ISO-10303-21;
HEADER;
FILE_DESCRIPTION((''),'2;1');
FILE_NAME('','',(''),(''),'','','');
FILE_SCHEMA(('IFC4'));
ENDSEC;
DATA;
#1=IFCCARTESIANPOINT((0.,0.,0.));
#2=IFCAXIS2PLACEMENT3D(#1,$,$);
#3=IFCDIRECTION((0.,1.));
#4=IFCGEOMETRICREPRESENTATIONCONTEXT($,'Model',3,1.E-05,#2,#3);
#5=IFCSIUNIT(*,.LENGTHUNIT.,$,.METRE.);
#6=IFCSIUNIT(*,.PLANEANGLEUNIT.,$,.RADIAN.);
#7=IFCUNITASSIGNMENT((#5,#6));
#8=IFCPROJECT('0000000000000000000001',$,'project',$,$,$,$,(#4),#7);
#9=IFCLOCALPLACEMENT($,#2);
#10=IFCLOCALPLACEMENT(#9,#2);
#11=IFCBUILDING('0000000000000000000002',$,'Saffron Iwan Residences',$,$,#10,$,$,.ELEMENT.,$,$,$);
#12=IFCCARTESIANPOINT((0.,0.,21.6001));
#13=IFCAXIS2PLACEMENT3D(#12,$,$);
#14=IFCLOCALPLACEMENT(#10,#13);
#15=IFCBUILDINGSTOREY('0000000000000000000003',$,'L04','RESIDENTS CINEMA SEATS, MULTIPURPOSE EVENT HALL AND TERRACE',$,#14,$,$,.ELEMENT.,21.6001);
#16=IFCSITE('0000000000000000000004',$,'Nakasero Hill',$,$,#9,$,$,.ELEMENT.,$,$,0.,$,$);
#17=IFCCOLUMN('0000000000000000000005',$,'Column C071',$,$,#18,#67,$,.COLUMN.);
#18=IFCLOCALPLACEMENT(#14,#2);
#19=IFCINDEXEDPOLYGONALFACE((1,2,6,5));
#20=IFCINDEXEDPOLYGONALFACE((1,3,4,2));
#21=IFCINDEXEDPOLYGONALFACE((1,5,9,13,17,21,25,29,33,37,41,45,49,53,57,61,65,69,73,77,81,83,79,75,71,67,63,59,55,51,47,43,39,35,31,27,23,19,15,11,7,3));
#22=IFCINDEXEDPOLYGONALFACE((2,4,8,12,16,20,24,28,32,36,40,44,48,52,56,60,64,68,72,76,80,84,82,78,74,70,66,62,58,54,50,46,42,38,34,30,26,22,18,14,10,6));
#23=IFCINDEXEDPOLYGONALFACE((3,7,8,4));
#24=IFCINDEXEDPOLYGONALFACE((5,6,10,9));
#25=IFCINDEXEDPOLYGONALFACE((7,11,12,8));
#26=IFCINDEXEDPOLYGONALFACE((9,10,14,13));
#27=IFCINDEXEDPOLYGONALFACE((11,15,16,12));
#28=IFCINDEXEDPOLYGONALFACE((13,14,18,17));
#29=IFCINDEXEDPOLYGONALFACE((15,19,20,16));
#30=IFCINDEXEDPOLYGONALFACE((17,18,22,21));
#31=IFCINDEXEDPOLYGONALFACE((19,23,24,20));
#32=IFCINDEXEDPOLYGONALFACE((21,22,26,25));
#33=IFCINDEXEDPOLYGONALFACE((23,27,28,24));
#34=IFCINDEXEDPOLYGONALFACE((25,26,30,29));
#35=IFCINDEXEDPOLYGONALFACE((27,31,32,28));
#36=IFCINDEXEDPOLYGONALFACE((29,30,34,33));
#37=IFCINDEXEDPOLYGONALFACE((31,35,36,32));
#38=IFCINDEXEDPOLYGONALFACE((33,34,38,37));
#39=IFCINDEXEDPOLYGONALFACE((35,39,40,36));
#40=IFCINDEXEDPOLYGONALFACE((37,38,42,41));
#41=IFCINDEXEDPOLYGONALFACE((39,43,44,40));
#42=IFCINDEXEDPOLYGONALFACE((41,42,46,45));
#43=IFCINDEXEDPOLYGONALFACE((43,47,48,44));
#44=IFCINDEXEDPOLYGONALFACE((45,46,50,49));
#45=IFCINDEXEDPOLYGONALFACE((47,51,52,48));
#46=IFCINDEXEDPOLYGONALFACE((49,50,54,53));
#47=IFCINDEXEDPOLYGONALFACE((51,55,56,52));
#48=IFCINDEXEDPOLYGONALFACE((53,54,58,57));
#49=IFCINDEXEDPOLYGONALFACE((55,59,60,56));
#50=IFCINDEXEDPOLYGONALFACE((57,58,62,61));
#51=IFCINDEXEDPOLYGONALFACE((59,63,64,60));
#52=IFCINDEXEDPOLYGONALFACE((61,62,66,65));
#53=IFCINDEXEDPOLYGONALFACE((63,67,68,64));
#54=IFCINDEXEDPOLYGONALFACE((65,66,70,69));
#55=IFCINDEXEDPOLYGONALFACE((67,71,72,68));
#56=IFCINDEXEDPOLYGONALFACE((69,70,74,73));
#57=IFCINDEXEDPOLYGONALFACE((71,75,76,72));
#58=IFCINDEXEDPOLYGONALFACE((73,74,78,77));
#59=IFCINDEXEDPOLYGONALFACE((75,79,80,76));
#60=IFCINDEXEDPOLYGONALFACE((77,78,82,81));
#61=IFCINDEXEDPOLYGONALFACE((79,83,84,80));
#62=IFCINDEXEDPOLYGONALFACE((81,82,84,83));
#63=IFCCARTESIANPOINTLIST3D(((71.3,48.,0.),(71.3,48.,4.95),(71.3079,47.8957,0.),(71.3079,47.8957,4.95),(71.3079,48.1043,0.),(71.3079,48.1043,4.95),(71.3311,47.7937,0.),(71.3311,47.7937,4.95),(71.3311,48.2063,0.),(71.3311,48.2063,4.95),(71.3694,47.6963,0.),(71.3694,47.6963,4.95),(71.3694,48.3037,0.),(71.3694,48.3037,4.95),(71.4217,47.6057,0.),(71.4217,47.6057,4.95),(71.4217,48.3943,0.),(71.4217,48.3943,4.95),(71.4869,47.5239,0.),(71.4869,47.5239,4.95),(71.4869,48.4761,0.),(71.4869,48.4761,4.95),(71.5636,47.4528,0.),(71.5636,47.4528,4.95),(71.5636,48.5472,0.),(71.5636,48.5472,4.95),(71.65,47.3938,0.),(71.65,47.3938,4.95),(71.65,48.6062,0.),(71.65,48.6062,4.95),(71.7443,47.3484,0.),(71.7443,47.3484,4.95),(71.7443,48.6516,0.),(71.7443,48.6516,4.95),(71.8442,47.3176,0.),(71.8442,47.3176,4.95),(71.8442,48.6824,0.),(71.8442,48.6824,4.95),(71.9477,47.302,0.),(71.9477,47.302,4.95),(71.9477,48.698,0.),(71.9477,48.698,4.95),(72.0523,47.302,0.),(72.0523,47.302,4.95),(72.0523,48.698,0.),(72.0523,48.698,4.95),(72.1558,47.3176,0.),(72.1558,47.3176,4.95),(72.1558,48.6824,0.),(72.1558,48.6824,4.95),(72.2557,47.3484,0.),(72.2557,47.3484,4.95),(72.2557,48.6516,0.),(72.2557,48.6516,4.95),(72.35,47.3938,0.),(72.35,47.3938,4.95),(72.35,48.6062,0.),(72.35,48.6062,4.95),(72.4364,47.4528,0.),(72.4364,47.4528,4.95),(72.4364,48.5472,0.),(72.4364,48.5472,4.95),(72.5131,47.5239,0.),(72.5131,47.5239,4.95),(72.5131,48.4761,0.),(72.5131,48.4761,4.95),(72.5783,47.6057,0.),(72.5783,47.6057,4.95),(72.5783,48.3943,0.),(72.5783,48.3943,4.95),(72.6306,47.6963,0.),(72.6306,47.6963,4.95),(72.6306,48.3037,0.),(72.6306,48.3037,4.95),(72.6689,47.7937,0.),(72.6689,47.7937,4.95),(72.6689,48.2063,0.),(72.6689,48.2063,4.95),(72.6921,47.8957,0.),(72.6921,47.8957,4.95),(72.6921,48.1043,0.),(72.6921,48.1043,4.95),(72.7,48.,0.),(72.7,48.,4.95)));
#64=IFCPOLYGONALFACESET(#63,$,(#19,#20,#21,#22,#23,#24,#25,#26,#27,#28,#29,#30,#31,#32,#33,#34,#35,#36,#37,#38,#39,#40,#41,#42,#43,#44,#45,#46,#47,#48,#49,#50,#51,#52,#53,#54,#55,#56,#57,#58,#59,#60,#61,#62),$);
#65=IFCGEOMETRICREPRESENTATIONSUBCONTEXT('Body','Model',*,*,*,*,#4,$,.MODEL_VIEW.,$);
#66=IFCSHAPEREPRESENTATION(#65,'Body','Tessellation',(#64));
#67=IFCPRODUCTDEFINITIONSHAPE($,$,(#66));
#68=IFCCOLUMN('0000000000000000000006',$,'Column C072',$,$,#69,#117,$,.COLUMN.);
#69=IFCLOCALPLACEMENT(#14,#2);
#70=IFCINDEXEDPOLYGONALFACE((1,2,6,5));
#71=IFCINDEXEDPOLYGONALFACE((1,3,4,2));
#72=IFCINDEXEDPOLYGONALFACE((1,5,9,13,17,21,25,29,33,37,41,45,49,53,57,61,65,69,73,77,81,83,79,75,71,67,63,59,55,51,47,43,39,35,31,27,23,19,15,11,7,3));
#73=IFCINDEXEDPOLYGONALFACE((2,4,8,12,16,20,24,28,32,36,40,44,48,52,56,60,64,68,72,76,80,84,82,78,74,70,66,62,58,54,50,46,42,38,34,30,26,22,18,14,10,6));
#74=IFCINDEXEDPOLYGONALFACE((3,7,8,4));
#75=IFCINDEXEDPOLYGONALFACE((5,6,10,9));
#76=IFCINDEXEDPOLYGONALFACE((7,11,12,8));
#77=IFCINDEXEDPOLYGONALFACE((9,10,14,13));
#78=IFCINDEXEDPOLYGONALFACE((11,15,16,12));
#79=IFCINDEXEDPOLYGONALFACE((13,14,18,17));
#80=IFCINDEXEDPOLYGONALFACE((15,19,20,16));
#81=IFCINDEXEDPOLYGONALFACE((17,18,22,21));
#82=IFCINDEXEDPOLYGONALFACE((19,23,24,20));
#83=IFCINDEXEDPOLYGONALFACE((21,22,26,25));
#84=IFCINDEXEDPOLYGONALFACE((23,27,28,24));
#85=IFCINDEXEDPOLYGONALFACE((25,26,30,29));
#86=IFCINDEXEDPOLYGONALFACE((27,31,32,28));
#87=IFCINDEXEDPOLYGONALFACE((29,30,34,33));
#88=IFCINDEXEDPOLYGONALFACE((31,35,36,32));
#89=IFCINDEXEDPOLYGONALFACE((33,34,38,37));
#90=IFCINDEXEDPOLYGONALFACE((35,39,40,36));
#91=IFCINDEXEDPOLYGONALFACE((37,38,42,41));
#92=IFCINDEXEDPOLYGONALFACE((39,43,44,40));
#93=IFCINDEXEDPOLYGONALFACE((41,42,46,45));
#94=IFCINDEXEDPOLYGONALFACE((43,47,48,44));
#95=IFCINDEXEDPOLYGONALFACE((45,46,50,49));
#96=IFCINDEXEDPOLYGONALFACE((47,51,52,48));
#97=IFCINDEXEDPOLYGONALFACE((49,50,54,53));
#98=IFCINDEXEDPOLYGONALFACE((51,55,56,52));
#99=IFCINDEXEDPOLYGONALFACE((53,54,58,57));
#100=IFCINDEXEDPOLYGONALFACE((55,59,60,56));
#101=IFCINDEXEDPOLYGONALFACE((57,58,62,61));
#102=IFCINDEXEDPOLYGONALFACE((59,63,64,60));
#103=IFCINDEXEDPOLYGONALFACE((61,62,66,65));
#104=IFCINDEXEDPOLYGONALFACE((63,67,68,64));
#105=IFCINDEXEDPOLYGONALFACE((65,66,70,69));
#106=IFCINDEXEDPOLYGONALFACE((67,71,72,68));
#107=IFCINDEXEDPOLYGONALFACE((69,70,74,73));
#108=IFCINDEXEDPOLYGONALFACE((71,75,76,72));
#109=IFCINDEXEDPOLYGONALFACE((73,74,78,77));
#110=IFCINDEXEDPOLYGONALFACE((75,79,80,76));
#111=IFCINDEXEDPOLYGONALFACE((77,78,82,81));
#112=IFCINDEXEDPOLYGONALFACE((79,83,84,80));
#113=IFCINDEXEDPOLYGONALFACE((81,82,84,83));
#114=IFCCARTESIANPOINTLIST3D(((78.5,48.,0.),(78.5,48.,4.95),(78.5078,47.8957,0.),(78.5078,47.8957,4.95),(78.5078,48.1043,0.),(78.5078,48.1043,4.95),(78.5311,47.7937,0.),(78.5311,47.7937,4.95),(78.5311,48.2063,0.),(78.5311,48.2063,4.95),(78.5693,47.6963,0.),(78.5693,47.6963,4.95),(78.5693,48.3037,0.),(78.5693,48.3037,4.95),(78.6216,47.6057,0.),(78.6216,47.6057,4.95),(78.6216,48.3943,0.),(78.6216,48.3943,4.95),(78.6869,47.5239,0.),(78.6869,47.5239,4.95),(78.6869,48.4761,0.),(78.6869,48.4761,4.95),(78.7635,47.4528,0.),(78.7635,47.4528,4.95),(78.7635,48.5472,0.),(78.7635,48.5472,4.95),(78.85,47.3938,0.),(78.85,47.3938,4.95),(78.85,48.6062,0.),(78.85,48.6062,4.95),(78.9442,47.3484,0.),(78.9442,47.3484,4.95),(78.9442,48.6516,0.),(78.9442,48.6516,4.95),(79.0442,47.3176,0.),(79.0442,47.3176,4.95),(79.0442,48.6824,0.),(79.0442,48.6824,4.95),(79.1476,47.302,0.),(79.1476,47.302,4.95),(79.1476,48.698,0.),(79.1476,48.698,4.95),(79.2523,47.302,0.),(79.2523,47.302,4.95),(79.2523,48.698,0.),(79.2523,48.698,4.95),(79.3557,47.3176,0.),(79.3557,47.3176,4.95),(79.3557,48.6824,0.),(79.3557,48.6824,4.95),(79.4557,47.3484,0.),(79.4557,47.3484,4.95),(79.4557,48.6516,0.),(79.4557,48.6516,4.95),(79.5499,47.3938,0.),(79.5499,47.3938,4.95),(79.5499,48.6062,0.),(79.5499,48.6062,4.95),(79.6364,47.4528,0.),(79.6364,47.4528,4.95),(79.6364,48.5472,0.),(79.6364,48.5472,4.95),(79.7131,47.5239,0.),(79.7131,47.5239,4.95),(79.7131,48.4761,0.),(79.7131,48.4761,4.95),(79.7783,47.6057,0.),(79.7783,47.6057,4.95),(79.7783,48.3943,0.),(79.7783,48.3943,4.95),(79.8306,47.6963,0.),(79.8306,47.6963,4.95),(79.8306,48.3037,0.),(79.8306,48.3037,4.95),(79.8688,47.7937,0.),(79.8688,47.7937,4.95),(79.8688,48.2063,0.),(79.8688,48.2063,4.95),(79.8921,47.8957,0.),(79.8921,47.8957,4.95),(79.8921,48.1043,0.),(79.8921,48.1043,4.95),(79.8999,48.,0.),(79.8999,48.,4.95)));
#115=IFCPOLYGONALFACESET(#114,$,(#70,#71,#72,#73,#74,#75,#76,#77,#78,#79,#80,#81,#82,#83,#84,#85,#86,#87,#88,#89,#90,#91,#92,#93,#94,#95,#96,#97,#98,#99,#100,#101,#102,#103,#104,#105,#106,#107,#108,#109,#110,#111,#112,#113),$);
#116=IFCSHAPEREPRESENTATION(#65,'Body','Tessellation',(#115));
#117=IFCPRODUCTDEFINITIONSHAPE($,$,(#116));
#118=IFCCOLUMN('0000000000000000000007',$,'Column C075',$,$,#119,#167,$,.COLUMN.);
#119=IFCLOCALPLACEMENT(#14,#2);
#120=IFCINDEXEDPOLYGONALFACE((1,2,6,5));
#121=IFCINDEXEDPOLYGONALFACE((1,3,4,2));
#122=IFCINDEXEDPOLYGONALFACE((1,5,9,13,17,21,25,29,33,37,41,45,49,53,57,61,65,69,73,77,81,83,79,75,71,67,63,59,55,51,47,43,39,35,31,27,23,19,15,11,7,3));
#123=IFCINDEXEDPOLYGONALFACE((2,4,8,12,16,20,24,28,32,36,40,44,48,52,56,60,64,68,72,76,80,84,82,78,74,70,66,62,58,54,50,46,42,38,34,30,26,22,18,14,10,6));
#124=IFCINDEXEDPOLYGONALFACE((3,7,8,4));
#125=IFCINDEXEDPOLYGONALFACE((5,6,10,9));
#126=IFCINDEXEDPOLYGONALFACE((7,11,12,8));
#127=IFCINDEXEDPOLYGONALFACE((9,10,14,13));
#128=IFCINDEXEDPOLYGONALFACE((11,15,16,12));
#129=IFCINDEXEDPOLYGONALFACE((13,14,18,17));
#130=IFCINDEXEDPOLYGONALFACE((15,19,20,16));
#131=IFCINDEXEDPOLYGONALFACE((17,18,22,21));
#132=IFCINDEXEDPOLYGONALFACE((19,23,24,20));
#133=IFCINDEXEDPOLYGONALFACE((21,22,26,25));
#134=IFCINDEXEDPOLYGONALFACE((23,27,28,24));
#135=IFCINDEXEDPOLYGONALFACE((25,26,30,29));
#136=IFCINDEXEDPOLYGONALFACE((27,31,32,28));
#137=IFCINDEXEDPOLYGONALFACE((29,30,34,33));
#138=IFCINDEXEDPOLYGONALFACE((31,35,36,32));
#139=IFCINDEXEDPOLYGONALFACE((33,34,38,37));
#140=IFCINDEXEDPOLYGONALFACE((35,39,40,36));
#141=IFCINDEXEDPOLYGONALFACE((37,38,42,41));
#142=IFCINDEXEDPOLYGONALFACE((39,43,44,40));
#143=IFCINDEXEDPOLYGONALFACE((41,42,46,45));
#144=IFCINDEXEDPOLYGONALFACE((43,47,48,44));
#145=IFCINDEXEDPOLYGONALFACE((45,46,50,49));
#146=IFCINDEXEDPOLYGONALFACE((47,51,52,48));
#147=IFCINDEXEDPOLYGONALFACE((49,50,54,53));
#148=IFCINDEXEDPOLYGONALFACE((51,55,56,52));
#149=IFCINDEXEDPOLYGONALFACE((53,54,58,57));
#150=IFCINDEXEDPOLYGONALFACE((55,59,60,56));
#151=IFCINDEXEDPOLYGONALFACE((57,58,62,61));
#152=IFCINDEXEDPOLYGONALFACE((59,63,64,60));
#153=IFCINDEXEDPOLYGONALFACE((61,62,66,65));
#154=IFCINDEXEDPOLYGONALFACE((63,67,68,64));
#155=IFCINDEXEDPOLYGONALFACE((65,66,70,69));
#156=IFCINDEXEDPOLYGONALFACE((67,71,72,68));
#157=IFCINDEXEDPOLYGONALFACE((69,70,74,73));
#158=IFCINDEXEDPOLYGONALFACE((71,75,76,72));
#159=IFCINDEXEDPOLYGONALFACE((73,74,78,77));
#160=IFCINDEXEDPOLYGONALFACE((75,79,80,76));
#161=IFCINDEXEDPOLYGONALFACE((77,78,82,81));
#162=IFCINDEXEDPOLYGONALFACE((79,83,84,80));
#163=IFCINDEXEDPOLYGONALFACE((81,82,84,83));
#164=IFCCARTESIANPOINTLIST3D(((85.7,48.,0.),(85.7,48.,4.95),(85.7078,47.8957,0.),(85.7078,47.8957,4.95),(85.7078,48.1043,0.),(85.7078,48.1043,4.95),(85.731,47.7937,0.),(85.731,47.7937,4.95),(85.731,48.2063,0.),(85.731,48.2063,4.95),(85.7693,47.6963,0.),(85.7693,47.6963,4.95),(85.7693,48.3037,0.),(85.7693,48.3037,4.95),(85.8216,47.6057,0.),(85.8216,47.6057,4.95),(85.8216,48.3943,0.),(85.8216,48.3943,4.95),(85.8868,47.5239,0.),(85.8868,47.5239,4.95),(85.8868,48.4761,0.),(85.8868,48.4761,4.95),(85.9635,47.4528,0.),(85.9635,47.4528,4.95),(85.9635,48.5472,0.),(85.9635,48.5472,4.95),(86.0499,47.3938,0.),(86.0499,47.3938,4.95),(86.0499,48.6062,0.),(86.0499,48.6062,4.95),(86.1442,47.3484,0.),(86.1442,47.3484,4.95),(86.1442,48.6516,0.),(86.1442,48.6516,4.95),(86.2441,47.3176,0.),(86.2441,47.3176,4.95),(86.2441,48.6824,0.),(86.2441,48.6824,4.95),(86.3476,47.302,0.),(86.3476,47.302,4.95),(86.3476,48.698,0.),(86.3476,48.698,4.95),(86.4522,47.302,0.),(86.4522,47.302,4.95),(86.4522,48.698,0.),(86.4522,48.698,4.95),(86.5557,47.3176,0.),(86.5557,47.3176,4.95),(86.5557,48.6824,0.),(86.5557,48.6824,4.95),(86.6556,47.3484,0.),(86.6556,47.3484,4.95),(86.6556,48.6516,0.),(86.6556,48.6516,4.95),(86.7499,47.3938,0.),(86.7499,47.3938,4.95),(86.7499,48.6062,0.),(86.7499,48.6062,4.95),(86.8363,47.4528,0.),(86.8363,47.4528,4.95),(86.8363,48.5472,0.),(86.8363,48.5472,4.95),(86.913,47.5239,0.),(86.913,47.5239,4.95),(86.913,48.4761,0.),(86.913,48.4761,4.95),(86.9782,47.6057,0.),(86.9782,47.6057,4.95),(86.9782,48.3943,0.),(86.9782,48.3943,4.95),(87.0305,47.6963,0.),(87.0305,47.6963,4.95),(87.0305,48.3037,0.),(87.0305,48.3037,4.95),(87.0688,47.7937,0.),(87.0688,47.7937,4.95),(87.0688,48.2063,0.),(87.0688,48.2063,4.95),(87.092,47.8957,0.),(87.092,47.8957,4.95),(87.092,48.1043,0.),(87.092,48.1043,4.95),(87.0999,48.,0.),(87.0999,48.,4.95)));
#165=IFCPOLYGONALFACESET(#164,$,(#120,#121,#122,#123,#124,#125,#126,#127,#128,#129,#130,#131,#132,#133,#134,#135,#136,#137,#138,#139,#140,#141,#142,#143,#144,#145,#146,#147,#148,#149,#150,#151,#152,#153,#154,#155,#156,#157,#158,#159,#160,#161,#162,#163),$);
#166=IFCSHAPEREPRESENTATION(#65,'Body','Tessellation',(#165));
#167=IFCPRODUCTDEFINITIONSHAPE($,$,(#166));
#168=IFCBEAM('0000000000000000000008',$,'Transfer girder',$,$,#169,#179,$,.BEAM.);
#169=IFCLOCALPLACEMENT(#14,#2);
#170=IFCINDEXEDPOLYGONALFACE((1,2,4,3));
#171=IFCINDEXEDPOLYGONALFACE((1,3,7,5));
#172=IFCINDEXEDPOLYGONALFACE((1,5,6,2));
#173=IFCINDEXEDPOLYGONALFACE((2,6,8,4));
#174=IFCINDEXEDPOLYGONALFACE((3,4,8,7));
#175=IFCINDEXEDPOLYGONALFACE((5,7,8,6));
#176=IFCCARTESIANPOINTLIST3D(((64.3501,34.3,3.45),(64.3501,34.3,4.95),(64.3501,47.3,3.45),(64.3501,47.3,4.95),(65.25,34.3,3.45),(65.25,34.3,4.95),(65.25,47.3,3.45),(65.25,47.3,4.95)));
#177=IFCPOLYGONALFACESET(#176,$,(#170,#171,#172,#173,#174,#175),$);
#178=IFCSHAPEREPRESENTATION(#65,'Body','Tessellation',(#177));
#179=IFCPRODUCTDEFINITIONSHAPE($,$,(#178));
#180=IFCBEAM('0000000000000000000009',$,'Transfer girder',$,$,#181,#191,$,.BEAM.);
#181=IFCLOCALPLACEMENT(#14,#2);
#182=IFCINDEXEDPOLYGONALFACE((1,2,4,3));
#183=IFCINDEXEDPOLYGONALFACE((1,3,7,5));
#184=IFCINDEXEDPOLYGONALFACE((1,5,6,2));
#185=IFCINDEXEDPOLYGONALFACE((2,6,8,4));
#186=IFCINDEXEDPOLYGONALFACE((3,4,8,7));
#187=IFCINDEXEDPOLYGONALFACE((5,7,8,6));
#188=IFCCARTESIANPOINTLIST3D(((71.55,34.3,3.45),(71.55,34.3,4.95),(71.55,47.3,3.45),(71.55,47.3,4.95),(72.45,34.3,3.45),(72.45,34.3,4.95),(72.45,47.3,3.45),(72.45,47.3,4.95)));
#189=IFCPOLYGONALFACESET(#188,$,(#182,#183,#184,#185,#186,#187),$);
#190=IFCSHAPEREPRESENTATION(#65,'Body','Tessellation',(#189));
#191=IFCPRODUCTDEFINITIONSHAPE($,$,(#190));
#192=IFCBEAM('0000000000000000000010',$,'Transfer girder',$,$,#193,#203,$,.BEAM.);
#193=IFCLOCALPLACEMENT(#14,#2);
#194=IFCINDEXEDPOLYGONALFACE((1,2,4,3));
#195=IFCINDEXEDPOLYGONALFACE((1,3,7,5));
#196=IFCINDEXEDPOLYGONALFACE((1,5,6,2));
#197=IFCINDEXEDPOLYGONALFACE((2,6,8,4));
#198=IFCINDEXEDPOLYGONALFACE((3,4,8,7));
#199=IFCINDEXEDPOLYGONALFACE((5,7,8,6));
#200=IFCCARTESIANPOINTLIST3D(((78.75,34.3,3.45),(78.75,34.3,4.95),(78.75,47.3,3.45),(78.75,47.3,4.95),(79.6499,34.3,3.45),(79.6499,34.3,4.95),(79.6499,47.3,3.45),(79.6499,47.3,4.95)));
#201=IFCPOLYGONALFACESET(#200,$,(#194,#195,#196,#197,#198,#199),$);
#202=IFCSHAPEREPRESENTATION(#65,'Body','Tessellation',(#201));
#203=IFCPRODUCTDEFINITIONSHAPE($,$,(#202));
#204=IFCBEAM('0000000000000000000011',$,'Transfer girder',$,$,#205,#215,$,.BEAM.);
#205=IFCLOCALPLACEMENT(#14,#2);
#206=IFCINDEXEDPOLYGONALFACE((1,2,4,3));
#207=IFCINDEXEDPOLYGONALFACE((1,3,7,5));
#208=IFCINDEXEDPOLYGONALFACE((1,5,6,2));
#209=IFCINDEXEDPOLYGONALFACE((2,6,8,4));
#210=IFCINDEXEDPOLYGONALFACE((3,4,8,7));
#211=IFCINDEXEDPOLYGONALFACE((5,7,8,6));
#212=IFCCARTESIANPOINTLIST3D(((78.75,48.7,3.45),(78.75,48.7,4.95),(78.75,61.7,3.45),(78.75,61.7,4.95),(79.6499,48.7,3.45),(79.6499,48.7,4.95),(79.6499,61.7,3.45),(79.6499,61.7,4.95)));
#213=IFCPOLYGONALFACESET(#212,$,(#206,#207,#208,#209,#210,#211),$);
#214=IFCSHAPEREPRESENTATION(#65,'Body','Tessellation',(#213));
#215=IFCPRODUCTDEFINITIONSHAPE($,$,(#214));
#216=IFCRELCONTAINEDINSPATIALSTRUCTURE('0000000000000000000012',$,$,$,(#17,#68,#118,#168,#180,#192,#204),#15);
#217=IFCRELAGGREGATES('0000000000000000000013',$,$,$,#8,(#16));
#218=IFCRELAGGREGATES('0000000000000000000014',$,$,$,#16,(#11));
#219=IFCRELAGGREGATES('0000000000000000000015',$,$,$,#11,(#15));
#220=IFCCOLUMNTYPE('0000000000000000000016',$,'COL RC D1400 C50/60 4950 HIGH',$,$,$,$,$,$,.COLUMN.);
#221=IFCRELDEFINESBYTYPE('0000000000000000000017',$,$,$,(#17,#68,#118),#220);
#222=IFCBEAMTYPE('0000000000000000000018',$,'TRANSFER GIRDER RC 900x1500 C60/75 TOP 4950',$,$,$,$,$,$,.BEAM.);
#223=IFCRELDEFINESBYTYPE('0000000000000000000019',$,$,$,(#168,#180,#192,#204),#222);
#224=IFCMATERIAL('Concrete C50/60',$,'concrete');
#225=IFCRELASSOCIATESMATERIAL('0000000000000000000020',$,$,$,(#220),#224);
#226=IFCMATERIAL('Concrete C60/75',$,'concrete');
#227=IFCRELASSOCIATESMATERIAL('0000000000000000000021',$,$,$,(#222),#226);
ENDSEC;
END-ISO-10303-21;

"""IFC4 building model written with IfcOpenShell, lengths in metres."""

from ifc_helpers import new_model, si_unit, direction, frame, origin, origin_2d, place, context, subcontext, project, spatial, rectangle, circle, extrude, source, transform, mapped, material, material_profile, profile_set, type_object, element, save


model = new_model("IFC4")

# Units and contexts
model_context = context("Model", 3, precision=1e-05, world=origin(), true_north=direction((0.0, 1.0)))
body_context = subcontext(model_context, "Body", "Model", "MODEL_VIEW")
ifc_project = project(units=[si_unit("LENGTHUNIT", "METRE"), si_unit("PLANEANGLEUNIT", "RADIAN")], contexts=[model_context])

# Site, building, storey
site_placement = place(None, origin())
site = spatial("IfcSite", under=ifc_project, at=site_placement, Name="Nakasero Hill", CompositionType="ELEMENT", RefElevation=0.0)
building_placement = place(site_placement, origin())
building = spatial("IfcBuilding", under=site, at=building_placement, Name="Saffron Iwan Residences", CompositionType="ELEMENT")
storey_placement = place(building_placement, frame((0.0, 0.0, 21.6001)))
storey = spatial("IfcBuildingStorey", under=building, at=storey_placement, Name="L04", Description="RESIDENTS CINEMA SEATS, MULTIPURPOSE EVENT HALL AND TERRACE", CompositionType="ELEMENT", Elevation=21.6001)

# Columns
ifc_material_1 = material(Name="Concrete C50/60", Category="concrete")
ifc_material_profile_1 = material_profile(ifc_material_1, circle(Radius=0.7, at=origin_2d()), Name="RC D1400")
ifc_profile_set_1 = profile_set([ifc_material_profile_1], Name="Concrete C50/60")
column_type = type_object("IfcColumnType", Name="COL RC D1400 C50/60 4950 HIGH", PredefinedType="COLUMN", material=ifc_profile_set_1)
shared_shape_1 = source(origin(), body_context, "Body", "SweptSolid", [
    extrude(circle(Radius=0.7, at=origin_2d()), origin(), (0.0, 0.0, 1.0), 4.95),
])
for number, where, z_axis, x_axis, name in (
    (1, (72.0, 48.0, 0.0), (0.0, 0.0, 1.0), (1.0, 0.0, 0.0), "Column C071"),
    (2, (79.2, 48.0, 0.0), (0.0, 0.0, 1.0), (1.0, 0.0, 0.0), "Column C072"),
    (3, (86.3999, 48.0, 0.0), (0.0, 0.0, 1.0), (1.0, 0.0, 0.0), "Column C075"),
):
    element("IfcColumn", number, at=place(storey_placement, frame(where, z_axis=z_axis, x_axis=x_axis)), inside=storey, type_object=column_type, Name=name, PredefinedType="COLUMN", context=body_context, shape_type="MappedRepresentation", body=[
        mapped(shared_shape_1, transform((0.0, 0.0, 0.0))),
    ])

# Beams
ifc_material_2 = material(Name="Concrete C60/75", Category="concrete")
ifc_material_profile_2 = material_profile(ifc_material_2, rectangle(XDim=0.8999, YDim=1.5, at=origin_2d()), Name="RC 900x1500")
ifc_profile_set_2 = profile_set([ifc_material_profile_2], Name="Concrete C60/75")
beam_type_1 = type_object("IfcBeamType", Name="TRANSFER GIRDER RC 900x1500 C60/75 TOP 4950", PredefinedType="BEAM", material=ifc_profile_set_2)
shared_shape_2 = source(origin(), body_context, "Body", "SweptSolid", [
    extrude(rectangle(XDim=0.8999, YDim=1.5, at=origin_2d()), origin(), (0.0, 0.0, 1.0), 13.0),
])
for number, where, z_axis, x_axis, name in (
    (4, (64.8, 34.3, 4.2), (0.0, 1.0, 0.0), (-1.0, 0.0, 0.0), "Transfer girder"),
    (5, (72.0, 34.3, 4.2), (0.0, 1.0, 0.0), (-1.0, 0.0, 0.0), "Transfer girder"),
    (6, (79.2, 34.3, 4.2), (0.0, 1.0, 0.0), (-1.0, 0.0, 0.0), "Transfer girder"),
    (7, (79.2, 48.7, 4.2), (0.0, 1.0, 0.0), (-1.0, 0.0, 0.0), "Transfer girder"),
):
    element("IfcBeam", number, at=place(storey_placement, frame(where, z_axis=z_axis, x_axis=x_axis)), inside=storey, type_object=beam_type_1, Name=name, PredefinedType="BEAM", context=body_context, shape_type="MappedRepresentation", body=[
        mapped(shared_shape_2, transform((0.0, 0.0, 0.0))),
    ])

save(model, "model.ifc")
